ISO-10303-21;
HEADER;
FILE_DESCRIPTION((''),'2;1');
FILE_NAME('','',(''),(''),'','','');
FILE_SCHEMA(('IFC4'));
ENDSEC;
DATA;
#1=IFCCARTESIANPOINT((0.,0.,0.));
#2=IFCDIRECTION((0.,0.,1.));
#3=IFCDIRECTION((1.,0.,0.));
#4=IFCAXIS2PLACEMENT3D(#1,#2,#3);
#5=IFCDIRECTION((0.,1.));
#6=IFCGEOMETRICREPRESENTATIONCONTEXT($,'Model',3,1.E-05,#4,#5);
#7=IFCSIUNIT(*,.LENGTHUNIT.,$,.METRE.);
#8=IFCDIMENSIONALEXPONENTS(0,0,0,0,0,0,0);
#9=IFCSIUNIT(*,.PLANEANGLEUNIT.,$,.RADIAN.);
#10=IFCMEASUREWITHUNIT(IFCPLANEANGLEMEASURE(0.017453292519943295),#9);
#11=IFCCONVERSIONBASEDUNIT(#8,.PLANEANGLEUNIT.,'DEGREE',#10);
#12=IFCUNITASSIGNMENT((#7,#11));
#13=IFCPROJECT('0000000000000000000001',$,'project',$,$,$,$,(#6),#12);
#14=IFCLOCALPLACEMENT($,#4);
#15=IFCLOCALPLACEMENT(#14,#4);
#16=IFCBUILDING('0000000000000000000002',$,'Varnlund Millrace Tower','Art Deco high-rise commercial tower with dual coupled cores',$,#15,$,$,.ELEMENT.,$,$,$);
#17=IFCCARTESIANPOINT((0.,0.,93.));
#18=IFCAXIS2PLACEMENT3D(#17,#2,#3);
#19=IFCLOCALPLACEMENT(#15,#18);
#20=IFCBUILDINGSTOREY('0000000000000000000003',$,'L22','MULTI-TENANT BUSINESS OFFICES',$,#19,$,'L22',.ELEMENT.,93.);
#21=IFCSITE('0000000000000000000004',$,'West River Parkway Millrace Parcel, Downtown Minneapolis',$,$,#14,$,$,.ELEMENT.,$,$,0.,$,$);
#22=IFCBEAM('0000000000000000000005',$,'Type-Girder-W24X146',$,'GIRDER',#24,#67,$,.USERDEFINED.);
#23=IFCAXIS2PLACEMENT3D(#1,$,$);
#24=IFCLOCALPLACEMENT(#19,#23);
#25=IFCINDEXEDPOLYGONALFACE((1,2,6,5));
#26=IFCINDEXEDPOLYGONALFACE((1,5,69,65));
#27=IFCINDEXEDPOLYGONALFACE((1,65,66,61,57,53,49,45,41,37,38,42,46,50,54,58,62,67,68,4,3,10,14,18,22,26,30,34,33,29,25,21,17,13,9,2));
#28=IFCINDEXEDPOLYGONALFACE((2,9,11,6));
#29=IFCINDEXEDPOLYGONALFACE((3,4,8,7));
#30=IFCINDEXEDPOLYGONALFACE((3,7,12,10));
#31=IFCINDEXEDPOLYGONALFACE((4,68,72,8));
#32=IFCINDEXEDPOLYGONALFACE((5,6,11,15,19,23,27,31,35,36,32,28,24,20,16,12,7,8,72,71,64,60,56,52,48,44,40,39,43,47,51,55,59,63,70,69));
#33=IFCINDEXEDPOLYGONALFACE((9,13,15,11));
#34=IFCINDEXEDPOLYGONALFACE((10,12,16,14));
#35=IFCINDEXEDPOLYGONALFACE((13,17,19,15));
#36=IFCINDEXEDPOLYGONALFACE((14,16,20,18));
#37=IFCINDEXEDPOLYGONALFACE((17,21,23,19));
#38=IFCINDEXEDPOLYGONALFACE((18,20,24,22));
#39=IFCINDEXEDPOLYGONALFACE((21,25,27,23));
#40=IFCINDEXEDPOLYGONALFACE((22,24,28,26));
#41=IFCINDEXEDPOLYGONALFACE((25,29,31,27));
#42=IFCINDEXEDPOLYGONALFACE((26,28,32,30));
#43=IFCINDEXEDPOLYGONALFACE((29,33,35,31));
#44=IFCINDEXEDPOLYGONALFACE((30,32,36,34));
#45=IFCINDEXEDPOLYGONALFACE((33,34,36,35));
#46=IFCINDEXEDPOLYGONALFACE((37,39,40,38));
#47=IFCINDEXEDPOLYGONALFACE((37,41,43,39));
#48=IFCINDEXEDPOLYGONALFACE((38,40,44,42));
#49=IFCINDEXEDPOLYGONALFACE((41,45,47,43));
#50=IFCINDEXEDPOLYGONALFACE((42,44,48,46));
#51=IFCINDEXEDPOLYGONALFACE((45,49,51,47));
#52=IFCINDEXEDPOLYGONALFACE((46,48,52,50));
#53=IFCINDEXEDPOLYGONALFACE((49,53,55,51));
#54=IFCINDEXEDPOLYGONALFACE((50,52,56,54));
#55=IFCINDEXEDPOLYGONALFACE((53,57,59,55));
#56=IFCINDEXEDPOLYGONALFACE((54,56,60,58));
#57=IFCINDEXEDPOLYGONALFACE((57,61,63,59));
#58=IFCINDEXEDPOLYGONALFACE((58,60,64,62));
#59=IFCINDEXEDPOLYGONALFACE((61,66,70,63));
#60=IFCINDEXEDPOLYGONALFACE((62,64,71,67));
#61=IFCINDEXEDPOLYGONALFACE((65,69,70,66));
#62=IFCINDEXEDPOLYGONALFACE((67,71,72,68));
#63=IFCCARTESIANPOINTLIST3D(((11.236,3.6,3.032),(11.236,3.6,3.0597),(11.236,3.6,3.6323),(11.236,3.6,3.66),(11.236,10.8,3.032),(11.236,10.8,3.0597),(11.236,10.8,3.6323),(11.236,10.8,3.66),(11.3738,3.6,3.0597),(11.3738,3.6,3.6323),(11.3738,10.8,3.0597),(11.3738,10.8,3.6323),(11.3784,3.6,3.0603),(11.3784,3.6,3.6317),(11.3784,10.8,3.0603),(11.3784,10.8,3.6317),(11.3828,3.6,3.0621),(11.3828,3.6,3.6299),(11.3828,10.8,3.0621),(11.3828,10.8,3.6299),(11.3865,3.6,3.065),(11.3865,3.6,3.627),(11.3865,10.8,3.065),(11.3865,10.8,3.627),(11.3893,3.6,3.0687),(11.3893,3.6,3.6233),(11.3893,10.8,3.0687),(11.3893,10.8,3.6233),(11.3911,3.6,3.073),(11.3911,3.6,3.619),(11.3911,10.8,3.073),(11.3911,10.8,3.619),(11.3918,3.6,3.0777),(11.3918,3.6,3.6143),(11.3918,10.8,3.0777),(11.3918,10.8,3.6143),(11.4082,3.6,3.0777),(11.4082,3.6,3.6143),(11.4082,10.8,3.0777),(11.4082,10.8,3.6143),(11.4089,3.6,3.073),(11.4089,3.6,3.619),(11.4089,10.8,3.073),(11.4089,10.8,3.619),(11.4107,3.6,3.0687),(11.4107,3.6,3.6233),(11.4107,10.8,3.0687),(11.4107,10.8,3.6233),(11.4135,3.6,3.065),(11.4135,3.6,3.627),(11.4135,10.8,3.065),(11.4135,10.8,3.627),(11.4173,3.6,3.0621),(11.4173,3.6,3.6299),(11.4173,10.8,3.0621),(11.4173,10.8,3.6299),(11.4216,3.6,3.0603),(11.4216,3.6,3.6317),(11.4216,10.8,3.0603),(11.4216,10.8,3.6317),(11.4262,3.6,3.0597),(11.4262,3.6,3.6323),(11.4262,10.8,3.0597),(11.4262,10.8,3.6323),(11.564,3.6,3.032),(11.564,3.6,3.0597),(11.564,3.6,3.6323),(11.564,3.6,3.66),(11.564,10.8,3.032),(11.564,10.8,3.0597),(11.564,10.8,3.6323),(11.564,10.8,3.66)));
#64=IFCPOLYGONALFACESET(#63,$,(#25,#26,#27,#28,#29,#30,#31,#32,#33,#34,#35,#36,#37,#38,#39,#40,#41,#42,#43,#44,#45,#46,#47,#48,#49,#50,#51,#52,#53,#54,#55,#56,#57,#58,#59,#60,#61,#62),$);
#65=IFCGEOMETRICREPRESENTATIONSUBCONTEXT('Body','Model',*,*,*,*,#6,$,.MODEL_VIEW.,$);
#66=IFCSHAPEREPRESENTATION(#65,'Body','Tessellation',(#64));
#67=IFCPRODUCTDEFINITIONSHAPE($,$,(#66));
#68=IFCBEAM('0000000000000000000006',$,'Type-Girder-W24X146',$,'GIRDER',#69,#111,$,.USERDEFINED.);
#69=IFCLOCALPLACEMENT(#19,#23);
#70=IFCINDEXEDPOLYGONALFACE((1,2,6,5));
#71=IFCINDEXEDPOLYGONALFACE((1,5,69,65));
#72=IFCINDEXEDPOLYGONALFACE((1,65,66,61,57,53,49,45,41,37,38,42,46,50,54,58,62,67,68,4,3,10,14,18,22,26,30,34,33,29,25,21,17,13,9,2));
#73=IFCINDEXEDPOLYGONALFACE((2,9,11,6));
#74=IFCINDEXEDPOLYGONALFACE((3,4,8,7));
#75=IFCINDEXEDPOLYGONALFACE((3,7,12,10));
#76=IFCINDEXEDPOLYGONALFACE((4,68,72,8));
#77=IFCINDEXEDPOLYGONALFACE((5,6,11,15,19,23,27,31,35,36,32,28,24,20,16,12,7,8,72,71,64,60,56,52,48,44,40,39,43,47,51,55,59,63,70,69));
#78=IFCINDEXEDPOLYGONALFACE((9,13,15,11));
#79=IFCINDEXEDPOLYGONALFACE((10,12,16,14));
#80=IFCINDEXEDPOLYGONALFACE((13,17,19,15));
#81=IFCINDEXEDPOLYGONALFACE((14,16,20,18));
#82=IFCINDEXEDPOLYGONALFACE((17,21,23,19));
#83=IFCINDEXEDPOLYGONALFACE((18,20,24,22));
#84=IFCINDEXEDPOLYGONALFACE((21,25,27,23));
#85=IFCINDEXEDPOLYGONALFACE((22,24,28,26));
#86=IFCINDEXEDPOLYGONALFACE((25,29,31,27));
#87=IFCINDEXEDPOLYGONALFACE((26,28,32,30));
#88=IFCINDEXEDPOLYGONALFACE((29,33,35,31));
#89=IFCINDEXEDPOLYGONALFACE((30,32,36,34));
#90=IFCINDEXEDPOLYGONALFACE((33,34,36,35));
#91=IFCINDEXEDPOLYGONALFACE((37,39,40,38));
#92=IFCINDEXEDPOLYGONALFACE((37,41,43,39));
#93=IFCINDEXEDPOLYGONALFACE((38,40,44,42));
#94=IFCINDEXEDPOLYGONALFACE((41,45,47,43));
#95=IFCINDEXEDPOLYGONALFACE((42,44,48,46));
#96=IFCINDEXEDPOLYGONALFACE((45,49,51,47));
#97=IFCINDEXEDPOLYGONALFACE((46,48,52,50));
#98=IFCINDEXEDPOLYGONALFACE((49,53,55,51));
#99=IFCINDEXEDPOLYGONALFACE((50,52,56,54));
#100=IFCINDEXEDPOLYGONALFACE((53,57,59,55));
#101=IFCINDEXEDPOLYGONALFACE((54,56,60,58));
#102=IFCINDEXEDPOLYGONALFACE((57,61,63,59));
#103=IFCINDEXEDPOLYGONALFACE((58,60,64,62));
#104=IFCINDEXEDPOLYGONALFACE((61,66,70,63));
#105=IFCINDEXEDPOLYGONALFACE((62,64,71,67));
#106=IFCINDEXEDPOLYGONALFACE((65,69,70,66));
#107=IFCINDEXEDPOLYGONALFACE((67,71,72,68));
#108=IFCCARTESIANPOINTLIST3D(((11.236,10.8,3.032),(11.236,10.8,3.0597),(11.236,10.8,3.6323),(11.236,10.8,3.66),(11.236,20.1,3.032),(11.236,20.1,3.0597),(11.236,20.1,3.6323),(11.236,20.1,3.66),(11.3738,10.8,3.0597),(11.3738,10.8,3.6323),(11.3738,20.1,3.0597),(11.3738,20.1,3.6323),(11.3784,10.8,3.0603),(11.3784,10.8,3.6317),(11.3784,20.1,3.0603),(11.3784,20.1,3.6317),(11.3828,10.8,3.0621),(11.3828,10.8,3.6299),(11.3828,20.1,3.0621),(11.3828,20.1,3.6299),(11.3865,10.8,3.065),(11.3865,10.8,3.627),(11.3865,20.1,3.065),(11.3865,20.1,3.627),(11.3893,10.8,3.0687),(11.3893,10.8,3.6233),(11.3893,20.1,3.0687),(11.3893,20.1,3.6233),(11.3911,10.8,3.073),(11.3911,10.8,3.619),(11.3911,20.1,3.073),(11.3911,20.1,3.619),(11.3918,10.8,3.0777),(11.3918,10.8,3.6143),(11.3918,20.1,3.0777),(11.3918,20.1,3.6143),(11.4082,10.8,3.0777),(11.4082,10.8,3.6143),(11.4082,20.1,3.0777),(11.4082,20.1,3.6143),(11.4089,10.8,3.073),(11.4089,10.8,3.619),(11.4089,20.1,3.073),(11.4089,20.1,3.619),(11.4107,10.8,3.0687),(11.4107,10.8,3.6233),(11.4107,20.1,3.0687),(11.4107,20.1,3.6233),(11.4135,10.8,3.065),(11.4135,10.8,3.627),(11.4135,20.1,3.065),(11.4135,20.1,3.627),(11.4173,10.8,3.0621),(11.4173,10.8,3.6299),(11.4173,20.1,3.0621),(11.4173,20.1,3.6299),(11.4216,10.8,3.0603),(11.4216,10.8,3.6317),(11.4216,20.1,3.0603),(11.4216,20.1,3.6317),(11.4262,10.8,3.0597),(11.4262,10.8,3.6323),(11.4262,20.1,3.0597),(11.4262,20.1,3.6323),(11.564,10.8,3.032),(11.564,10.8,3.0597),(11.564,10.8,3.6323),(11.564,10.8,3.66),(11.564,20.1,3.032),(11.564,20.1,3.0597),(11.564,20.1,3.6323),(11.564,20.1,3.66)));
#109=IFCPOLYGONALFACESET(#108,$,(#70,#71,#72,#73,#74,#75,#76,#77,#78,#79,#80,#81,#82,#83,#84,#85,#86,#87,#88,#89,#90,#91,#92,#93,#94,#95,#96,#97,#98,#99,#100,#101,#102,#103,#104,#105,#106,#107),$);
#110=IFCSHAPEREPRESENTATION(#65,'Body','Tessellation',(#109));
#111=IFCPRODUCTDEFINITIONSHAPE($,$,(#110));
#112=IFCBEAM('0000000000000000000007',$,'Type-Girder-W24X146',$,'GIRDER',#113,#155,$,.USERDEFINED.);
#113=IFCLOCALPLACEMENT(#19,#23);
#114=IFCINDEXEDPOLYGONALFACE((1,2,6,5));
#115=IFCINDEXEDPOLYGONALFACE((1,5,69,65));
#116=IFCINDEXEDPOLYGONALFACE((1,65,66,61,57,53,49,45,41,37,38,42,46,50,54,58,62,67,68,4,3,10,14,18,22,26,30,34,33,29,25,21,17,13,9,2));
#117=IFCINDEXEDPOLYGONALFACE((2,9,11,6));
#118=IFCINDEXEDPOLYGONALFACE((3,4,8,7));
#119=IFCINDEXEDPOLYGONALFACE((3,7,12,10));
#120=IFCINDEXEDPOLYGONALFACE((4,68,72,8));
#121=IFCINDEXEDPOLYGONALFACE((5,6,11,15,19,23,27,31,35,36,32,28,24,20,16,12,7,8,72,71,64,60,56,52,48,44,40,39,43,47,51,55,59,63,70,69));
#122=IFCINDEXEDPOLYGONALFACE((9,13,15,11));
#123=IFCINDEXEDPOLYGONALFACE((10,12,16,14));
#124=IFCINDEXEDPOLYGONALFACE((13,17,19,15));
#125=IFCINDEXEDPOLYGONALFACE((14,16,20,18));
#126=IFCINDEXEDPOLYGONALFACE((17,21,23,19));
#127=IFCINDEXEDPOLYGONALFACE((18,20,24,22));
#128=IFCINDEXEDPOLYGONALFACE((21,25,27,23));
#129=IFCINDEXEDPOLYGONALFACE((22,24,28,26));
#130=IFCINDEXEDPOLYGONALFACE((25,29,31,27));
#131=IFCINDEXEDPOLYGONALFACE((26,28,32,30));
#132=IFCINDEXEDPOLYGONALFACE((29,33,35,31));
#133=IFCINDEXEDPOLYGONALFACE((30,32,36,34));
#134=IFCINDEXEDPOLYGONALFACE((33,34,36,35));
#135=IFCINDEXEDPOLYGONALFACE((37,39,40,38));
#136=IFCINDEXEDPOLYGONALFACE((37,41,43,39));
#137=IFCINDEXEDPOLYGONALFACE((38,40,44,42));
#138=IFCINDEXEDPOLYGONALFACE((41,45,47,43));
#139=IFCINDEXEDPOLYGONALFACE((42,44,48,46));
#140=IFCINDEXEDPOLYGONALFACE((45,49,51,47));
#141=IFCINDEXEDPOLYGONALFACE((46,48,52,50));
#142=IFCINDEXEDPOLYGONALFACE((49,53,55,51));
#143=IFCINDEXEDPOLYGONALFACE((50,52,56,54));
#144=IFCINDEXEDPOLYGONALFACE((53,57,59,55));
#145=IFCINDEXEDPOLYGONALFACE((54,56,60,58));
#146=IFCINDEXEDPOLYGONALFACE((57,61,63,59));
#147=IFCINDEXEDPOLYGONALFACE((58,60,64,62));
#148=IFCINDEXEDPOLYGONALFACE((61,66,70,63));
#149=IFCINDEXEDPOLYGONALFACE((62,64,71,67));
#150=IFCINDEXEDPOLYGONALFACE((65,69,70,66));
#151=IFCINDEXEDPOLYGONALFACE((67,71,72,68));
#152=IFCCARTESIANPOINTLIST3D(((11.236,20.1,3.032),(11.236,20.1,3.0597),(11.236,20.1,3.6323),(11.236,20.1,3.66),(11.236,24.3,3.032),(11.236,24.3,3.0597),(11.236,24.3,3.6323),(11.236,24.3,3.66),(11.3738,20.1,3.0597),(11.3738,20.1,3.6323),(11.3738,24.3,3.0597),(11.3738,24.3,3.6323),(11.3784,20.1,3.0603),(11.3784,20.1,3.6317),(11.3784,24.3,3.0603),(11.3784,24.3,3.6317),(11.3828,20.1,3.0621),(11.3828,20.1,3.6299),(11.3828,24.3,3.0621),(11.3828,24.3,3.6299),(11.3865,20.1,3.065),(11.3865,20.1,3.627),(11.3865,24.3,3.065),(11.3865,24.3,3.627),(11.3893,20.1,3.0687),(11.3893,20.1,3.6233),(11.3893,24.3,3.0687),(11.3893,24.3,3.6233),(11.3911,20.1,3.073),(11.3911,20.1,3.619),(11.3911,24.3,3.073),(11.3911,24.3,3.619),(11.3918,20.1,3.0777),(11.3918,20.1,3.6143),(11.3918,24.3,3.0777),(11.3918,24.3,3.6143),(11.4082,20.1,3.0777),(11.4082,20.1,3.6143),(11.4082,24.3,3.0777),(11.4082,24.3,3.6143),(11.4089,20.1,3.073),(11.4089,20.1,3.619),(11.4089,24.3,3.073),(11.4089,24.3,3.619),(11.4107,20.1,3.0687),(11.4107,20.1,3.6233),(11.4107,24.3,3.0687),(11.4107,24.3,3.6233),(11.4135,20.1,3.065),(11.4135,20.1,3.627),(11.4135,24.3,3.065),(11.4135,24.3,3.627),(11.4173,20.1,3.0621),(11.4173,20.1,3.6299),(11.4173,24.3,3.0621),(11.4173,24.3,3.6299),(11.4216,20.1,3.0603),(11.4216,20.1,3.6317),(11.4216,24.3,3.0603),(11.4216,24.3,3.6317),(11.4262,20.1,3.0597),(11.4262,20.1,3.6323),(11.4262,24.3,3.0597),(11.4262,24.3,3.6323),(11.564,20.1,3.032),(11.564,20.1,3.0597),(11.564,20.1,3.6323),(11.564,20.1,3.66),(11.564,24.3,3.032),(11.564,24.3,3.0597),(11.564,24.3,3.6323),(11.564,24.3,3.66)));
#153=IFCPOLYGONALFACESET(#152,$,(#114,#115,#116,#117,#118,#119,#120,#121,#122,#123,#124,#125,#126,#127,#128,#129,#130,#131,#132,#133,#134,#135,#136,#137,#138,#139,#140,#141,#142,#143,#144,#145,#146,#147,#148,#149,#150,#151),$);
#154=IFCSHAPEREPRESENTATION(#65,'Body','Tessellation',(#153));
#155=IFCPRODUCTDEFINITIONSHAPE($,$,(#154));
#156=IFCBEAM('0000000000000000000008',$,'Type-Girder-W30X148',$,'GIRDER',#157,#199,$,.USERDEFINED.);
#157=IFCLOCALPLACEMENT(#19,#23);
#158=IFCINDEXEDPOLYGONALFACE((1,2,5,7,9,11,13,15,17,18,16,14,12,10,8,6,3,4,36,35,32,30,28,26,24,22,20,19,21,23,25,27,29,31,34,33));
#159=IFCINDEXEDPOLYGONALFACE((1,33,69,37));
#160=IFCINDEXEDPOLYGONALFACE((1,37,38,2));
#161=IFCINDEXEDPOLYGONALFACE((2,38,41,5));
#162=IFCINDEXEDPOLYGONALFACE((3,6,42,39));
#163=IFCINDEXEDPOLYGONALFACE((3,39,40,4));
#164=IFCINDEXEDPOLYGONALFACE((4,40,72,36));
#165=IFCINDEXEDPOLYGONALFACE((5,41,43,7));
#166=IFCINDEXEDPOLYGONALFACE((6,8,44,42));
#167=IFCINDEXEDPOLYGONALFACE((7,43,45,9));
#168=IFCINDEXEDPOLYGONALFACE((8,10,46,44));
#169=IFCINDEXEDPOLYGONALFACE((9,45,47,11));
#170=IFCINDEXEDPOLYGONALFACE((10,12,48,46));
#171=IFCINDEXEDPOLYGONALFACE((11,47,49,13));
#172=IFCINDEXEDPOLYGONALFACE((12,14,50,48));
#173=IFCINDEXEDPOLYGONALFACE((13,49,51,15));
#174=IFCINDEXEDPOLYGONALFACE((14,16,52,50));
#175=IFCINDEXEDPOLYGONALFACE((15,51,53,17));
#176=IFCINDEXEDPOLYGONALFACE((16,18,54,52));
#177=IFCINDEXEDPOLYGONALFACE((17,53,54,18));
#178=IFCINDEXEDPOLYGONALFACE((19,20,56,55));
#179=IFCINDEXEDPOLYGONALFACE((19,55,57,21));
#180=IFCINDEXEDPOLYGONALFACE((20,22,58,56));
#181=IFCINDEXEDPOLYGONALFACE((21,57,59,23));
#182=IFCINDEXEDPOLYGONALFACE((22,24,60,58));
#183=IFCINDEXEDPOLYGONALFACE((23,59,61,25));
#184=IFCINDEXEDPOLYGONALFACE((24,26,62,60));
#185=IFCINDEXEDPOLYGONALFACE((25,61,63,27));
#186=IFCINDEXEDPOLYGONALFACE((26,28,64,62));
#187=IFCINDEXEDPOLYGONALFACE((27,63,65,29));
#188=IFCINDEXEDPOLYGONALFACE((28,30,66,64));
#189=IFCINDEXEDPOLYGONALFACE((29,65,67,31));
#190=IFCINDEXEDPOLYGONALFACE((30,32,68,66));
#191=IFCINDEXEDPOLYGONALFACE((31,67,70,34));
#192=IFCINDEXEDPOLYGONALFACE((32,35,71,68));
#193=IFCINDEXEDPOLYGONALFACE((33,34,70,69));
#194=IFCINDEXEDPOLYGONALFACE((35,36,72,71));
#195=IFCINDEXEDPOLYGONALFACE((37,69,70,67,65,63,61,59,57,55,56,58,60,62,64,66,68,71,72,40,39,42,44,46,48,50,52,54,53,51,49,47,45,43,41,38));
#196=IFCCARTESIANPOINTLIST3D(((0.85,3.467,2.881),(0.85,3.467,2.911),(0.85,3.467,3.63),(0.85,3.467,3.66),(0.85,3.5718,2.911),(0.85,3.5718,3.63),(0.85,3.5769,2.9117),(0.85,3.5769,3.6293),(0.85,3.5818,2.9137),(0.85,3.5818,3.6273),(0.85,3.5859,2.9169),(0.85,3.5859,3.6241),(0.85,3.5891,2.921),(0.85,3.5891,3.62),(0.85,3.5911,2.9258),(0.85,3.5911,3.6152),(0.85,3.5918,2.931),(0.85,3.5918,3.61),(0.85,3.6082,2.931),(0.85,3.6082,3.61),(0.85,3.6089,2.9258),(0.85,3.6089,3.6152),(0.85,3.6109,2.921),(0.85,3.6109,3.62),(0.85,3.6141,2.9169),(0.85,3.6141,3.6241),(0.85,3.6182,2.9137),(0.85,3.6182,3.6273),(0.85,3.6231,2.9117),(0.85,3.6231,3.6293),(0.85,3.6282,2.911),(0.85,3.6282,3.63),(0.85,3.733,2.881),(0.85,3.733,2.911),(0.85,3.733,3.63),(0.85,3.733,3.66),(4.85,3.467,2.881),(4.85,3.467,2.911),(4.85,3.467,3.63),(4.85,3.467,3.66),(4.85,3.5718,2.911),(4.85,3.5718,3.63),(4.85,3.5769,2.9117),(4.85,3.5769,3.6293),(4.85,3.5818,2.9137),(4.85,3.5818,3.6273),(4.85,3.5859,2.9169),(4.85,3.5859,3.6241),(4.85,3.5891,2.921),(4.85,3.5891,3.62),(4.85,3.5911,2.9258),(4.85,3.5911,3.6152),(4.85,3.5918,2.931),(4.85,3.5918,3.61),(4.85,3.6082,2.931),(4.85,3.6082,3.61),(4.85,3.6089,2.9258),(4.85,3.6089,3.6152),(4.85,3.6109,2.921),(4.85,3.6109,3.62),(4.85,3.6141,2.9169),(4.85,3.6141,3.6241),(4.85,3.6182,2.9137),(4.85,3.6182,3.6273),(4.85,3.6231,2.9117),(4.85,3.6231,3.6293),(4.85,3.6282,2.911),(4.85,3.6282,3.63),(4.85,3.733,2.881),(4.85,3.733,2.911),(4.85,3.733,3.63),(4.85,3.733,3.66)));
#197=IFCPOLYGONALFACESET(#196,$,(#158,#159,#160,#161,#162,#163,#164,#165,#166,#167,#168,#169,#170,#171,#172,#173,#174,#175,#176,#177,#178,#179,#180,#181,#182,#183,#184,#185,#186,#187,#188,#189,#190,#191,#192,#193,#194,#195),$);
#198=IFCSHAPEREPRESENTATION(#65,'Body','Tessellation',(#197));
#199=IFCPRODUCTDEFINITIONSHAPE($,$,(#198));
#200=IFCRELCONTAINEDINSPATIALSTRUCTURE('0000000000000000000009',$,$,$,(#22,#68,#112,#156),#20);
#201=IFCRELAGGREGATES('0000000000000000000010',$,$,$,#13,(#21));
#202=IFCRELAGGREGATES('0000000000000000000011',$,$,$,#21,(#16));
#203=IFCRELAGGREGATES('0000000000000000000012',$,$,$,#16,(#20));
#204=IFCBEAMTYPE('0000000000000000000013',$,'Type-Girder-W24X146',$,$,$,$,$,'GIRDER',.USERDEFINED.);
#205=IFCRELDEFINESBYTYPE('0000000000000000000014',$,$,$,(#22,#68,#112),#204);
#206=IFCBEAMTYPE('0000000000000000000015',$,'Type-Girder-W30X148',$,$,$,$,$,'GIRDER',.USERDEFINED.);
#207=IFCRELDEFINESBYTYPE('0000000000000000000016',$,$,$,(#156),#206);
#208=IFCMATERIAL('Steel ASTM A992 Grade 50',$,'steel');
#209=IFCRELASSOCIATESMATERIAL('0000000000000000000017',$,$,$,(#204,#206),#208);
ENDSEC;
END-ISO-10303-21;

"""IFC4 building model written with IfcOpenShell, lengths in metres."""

from ifc_helpers import new_model, entity, si_unit, converted_unit, direction, frame, origin_with_axes, origin_2d_with_axis, place, context, subcontext, project, spatial, i_section, extrude, material, material_profile, profile_set, type_object, element, save


model = new_model("IFC4")

# Units and contexts
model_context = context("Model", 3, precision=1e-05, world=origin_with_axes(), true_north=direction((0.0, 1.0)))
body_context = subcontext(model_context, "Body", "Model", "MODEL_VIEW")
ifc_project = project(units=[si_unit("LENGTHUNIT", "METRE"), converted_unit("PLANEANGLEUNIT", "DEGREE", entity("IfcPlaneAngleMeasure", 0.017453292519943295), si_unit("PLANEANGLEUNIT", "RADIAN"), dimensions=[0, 0, 0, 0, 0, 0, 0])], contexts=[model_context])

# Site, building, storey
site_placement = place(None, origin_with_axes())
site = spatial("IfcSite", under=ifc_project, at=site_placement, Name="West River Parkway Millrace Parcel, Downtown Minneapolis", CompositionType="ELEMENT", RefElevation=0.0)
building_placement = place(site_placement, origin_with_axes())
building = spatial("IfcBuilding", under=site, at=building_placement, Name="Varnlund Millrace Tower", Description="Art Deco high-rise commercial tower with dual coupled cores", CompositionType="ELEMENT")
storey_placement = place(building_placement, frame((0.0, 0.0, 93.0), z_axis=(0.0, 0.0, 1.0), x_axis=(1.0, 0.0, 0.0)))
storey = spatial("IfcBuildingStorey", under=building, at=storey_placement, Name="L22", Description="MULTI-TENANT BUSINESS OFFICES", LongName="L22", CompositionType="ELEMENT", Elevation=93.0)

# Beams
ifc_material_1 = material(Name="Steel ASTM A992 Grade 50", Category="steel")
ifc_material_profile_1 = material_profile(ifc_material_1, i_section(OverallWidth=0.328, OverallDepth=0.628, WebThickness=0.0165, FlangeThickness=0.0277, FilletRadius=0.018, at=origin_2d_with_axis()), Name="Steel ASTM A992 Grade 50")
ifc_profile_set_1 = profile_set([ifc_material_profile_1], Name="Steel ASTM A992 Grade 50")
beam_type_1 = type_object("IfcBeamType", Name="Type-Girder-W24X146", ElementType="GIRDER", PredefinedType="USERDEFINED", material=ifc_profile_set_1)
beam_1_placement = place(storey_placement, frame((11.4, 3.6, 3.346), z_axis=(0.0, 1.0, 0.0), x_axis=(-1.0, 0.0, 0.0)))
element("IfcBeam", 1, at=beam_1_placement, inside=storey, type_object=beam_type_1, Name="Type-Girder-W24X146", ObjectType="GIRDER", PredefinedType="USERDEFINED", context=body_context, shape_type="SweptSolid", body=[
    extrude(i_section(OverallWidth=0.328, OverallDepth=0.628, WebThickness=0.0165, FlangeThickness=0.0277, FilletRadius=0.018, at=origin_2d_with_axis()), origin_with_axes(), (0.0, 0.0, 1.0), 7.2),
])
beam_2_placement = place(storey_placement, frame((11.4, 10.8, 3.346), z_axis=(0.0, 1.0, 0.0), x_axis=(-1.0, 0.0, 0.0)))
element("IfcBeam", 2, at=beam_2_placement, inside=storey, type_object=beam_type_1, Name="Type-Girder-W24X146", ObjectType="GIRDER", PredefinedType="USERDEFINED", context=body_context, shape_type="SweptSolid", body=[
    extrude(i_section(OverallWidth=0.328, OverallDepth=0.628, WebThickness=0.0165, FlangeThickness=0.0277, FilletRadius=0.018, at=origin_2d_with_axis()), origin_with_axes(), (0.0, 0.0, 1.0), 9.3),
])
beam_3_placement = place(storey_placement, frame((11.4, 20.1, 3.346), z_axis=(0.0, 1.0, 0.0), x_axis=(-1.0, 0.0, 0.0)))
element("IfcBeam", 3, at=beam_3_placement, inside=storey, type_object=beam_type_1, Name="Type-Girder-W24X146", ObjectType="GIRDER", PredefinedType="USERDEFINED", context=body_context, shape_type="SweptSolid", body=[
    extrude(i_section(OverallWidth=0.328, OverallDepth=0.628, WebThickness=0.0165, FlangeThickness=0.0277, FilletRadius=0.018, at=origin_2d_with_axis()), origin_with_axes(), (0.0, 0.0, 1.0), 4.2),
])
ifc_material_profile_2 = material_profile(ifc_material_1, i_section(OverallWidth=0.266, OverallDepth=0.779, WebThickness=0.0165, FlangeThickness=0.03, FilletRadius=0.02, at=origin_2d_with_axis()), Name="Steel ASTM A992 Grade 50")
ifc_profile_set_2 = profile_set([ifc_material_profile_2], Name="Steel ASTM A992 Grade 50")
beam_type_2 = type_object("IfcBeamType", Name="Type-Girder-W30X148", ElementType="GIRDER", PredefinedType="USERDEFINED", material=ifc_profile_set_2)
beam_4_placement = place(storey_placement, frame((0.85, 3.6, 3.2705), z_axis=(1.0, 0.0, 0.0), x_axis=(0.0, 1.0, 0.0)))
element("IfcBeam", 4, at=beam_4_placement, inside=storey, type_object=beam_type_2, Name="Type-Girder-W30X148", ObjectType="GIRDER", PredefinedType="USERDEFINED", context=body_context, shape_type="SweptSolid", body=[
    extrude(i_section(OverallWidth=0.266, OverallDepth=0.779, WebThickness=0.0165, FlangeThickness=0.03, FilletRadius=0.02, at=origin_2d_with_axis()), origin_with_axes(), (0.0, 0.0, 1.0), 4.0),
])

save(model, "model.ifc")
